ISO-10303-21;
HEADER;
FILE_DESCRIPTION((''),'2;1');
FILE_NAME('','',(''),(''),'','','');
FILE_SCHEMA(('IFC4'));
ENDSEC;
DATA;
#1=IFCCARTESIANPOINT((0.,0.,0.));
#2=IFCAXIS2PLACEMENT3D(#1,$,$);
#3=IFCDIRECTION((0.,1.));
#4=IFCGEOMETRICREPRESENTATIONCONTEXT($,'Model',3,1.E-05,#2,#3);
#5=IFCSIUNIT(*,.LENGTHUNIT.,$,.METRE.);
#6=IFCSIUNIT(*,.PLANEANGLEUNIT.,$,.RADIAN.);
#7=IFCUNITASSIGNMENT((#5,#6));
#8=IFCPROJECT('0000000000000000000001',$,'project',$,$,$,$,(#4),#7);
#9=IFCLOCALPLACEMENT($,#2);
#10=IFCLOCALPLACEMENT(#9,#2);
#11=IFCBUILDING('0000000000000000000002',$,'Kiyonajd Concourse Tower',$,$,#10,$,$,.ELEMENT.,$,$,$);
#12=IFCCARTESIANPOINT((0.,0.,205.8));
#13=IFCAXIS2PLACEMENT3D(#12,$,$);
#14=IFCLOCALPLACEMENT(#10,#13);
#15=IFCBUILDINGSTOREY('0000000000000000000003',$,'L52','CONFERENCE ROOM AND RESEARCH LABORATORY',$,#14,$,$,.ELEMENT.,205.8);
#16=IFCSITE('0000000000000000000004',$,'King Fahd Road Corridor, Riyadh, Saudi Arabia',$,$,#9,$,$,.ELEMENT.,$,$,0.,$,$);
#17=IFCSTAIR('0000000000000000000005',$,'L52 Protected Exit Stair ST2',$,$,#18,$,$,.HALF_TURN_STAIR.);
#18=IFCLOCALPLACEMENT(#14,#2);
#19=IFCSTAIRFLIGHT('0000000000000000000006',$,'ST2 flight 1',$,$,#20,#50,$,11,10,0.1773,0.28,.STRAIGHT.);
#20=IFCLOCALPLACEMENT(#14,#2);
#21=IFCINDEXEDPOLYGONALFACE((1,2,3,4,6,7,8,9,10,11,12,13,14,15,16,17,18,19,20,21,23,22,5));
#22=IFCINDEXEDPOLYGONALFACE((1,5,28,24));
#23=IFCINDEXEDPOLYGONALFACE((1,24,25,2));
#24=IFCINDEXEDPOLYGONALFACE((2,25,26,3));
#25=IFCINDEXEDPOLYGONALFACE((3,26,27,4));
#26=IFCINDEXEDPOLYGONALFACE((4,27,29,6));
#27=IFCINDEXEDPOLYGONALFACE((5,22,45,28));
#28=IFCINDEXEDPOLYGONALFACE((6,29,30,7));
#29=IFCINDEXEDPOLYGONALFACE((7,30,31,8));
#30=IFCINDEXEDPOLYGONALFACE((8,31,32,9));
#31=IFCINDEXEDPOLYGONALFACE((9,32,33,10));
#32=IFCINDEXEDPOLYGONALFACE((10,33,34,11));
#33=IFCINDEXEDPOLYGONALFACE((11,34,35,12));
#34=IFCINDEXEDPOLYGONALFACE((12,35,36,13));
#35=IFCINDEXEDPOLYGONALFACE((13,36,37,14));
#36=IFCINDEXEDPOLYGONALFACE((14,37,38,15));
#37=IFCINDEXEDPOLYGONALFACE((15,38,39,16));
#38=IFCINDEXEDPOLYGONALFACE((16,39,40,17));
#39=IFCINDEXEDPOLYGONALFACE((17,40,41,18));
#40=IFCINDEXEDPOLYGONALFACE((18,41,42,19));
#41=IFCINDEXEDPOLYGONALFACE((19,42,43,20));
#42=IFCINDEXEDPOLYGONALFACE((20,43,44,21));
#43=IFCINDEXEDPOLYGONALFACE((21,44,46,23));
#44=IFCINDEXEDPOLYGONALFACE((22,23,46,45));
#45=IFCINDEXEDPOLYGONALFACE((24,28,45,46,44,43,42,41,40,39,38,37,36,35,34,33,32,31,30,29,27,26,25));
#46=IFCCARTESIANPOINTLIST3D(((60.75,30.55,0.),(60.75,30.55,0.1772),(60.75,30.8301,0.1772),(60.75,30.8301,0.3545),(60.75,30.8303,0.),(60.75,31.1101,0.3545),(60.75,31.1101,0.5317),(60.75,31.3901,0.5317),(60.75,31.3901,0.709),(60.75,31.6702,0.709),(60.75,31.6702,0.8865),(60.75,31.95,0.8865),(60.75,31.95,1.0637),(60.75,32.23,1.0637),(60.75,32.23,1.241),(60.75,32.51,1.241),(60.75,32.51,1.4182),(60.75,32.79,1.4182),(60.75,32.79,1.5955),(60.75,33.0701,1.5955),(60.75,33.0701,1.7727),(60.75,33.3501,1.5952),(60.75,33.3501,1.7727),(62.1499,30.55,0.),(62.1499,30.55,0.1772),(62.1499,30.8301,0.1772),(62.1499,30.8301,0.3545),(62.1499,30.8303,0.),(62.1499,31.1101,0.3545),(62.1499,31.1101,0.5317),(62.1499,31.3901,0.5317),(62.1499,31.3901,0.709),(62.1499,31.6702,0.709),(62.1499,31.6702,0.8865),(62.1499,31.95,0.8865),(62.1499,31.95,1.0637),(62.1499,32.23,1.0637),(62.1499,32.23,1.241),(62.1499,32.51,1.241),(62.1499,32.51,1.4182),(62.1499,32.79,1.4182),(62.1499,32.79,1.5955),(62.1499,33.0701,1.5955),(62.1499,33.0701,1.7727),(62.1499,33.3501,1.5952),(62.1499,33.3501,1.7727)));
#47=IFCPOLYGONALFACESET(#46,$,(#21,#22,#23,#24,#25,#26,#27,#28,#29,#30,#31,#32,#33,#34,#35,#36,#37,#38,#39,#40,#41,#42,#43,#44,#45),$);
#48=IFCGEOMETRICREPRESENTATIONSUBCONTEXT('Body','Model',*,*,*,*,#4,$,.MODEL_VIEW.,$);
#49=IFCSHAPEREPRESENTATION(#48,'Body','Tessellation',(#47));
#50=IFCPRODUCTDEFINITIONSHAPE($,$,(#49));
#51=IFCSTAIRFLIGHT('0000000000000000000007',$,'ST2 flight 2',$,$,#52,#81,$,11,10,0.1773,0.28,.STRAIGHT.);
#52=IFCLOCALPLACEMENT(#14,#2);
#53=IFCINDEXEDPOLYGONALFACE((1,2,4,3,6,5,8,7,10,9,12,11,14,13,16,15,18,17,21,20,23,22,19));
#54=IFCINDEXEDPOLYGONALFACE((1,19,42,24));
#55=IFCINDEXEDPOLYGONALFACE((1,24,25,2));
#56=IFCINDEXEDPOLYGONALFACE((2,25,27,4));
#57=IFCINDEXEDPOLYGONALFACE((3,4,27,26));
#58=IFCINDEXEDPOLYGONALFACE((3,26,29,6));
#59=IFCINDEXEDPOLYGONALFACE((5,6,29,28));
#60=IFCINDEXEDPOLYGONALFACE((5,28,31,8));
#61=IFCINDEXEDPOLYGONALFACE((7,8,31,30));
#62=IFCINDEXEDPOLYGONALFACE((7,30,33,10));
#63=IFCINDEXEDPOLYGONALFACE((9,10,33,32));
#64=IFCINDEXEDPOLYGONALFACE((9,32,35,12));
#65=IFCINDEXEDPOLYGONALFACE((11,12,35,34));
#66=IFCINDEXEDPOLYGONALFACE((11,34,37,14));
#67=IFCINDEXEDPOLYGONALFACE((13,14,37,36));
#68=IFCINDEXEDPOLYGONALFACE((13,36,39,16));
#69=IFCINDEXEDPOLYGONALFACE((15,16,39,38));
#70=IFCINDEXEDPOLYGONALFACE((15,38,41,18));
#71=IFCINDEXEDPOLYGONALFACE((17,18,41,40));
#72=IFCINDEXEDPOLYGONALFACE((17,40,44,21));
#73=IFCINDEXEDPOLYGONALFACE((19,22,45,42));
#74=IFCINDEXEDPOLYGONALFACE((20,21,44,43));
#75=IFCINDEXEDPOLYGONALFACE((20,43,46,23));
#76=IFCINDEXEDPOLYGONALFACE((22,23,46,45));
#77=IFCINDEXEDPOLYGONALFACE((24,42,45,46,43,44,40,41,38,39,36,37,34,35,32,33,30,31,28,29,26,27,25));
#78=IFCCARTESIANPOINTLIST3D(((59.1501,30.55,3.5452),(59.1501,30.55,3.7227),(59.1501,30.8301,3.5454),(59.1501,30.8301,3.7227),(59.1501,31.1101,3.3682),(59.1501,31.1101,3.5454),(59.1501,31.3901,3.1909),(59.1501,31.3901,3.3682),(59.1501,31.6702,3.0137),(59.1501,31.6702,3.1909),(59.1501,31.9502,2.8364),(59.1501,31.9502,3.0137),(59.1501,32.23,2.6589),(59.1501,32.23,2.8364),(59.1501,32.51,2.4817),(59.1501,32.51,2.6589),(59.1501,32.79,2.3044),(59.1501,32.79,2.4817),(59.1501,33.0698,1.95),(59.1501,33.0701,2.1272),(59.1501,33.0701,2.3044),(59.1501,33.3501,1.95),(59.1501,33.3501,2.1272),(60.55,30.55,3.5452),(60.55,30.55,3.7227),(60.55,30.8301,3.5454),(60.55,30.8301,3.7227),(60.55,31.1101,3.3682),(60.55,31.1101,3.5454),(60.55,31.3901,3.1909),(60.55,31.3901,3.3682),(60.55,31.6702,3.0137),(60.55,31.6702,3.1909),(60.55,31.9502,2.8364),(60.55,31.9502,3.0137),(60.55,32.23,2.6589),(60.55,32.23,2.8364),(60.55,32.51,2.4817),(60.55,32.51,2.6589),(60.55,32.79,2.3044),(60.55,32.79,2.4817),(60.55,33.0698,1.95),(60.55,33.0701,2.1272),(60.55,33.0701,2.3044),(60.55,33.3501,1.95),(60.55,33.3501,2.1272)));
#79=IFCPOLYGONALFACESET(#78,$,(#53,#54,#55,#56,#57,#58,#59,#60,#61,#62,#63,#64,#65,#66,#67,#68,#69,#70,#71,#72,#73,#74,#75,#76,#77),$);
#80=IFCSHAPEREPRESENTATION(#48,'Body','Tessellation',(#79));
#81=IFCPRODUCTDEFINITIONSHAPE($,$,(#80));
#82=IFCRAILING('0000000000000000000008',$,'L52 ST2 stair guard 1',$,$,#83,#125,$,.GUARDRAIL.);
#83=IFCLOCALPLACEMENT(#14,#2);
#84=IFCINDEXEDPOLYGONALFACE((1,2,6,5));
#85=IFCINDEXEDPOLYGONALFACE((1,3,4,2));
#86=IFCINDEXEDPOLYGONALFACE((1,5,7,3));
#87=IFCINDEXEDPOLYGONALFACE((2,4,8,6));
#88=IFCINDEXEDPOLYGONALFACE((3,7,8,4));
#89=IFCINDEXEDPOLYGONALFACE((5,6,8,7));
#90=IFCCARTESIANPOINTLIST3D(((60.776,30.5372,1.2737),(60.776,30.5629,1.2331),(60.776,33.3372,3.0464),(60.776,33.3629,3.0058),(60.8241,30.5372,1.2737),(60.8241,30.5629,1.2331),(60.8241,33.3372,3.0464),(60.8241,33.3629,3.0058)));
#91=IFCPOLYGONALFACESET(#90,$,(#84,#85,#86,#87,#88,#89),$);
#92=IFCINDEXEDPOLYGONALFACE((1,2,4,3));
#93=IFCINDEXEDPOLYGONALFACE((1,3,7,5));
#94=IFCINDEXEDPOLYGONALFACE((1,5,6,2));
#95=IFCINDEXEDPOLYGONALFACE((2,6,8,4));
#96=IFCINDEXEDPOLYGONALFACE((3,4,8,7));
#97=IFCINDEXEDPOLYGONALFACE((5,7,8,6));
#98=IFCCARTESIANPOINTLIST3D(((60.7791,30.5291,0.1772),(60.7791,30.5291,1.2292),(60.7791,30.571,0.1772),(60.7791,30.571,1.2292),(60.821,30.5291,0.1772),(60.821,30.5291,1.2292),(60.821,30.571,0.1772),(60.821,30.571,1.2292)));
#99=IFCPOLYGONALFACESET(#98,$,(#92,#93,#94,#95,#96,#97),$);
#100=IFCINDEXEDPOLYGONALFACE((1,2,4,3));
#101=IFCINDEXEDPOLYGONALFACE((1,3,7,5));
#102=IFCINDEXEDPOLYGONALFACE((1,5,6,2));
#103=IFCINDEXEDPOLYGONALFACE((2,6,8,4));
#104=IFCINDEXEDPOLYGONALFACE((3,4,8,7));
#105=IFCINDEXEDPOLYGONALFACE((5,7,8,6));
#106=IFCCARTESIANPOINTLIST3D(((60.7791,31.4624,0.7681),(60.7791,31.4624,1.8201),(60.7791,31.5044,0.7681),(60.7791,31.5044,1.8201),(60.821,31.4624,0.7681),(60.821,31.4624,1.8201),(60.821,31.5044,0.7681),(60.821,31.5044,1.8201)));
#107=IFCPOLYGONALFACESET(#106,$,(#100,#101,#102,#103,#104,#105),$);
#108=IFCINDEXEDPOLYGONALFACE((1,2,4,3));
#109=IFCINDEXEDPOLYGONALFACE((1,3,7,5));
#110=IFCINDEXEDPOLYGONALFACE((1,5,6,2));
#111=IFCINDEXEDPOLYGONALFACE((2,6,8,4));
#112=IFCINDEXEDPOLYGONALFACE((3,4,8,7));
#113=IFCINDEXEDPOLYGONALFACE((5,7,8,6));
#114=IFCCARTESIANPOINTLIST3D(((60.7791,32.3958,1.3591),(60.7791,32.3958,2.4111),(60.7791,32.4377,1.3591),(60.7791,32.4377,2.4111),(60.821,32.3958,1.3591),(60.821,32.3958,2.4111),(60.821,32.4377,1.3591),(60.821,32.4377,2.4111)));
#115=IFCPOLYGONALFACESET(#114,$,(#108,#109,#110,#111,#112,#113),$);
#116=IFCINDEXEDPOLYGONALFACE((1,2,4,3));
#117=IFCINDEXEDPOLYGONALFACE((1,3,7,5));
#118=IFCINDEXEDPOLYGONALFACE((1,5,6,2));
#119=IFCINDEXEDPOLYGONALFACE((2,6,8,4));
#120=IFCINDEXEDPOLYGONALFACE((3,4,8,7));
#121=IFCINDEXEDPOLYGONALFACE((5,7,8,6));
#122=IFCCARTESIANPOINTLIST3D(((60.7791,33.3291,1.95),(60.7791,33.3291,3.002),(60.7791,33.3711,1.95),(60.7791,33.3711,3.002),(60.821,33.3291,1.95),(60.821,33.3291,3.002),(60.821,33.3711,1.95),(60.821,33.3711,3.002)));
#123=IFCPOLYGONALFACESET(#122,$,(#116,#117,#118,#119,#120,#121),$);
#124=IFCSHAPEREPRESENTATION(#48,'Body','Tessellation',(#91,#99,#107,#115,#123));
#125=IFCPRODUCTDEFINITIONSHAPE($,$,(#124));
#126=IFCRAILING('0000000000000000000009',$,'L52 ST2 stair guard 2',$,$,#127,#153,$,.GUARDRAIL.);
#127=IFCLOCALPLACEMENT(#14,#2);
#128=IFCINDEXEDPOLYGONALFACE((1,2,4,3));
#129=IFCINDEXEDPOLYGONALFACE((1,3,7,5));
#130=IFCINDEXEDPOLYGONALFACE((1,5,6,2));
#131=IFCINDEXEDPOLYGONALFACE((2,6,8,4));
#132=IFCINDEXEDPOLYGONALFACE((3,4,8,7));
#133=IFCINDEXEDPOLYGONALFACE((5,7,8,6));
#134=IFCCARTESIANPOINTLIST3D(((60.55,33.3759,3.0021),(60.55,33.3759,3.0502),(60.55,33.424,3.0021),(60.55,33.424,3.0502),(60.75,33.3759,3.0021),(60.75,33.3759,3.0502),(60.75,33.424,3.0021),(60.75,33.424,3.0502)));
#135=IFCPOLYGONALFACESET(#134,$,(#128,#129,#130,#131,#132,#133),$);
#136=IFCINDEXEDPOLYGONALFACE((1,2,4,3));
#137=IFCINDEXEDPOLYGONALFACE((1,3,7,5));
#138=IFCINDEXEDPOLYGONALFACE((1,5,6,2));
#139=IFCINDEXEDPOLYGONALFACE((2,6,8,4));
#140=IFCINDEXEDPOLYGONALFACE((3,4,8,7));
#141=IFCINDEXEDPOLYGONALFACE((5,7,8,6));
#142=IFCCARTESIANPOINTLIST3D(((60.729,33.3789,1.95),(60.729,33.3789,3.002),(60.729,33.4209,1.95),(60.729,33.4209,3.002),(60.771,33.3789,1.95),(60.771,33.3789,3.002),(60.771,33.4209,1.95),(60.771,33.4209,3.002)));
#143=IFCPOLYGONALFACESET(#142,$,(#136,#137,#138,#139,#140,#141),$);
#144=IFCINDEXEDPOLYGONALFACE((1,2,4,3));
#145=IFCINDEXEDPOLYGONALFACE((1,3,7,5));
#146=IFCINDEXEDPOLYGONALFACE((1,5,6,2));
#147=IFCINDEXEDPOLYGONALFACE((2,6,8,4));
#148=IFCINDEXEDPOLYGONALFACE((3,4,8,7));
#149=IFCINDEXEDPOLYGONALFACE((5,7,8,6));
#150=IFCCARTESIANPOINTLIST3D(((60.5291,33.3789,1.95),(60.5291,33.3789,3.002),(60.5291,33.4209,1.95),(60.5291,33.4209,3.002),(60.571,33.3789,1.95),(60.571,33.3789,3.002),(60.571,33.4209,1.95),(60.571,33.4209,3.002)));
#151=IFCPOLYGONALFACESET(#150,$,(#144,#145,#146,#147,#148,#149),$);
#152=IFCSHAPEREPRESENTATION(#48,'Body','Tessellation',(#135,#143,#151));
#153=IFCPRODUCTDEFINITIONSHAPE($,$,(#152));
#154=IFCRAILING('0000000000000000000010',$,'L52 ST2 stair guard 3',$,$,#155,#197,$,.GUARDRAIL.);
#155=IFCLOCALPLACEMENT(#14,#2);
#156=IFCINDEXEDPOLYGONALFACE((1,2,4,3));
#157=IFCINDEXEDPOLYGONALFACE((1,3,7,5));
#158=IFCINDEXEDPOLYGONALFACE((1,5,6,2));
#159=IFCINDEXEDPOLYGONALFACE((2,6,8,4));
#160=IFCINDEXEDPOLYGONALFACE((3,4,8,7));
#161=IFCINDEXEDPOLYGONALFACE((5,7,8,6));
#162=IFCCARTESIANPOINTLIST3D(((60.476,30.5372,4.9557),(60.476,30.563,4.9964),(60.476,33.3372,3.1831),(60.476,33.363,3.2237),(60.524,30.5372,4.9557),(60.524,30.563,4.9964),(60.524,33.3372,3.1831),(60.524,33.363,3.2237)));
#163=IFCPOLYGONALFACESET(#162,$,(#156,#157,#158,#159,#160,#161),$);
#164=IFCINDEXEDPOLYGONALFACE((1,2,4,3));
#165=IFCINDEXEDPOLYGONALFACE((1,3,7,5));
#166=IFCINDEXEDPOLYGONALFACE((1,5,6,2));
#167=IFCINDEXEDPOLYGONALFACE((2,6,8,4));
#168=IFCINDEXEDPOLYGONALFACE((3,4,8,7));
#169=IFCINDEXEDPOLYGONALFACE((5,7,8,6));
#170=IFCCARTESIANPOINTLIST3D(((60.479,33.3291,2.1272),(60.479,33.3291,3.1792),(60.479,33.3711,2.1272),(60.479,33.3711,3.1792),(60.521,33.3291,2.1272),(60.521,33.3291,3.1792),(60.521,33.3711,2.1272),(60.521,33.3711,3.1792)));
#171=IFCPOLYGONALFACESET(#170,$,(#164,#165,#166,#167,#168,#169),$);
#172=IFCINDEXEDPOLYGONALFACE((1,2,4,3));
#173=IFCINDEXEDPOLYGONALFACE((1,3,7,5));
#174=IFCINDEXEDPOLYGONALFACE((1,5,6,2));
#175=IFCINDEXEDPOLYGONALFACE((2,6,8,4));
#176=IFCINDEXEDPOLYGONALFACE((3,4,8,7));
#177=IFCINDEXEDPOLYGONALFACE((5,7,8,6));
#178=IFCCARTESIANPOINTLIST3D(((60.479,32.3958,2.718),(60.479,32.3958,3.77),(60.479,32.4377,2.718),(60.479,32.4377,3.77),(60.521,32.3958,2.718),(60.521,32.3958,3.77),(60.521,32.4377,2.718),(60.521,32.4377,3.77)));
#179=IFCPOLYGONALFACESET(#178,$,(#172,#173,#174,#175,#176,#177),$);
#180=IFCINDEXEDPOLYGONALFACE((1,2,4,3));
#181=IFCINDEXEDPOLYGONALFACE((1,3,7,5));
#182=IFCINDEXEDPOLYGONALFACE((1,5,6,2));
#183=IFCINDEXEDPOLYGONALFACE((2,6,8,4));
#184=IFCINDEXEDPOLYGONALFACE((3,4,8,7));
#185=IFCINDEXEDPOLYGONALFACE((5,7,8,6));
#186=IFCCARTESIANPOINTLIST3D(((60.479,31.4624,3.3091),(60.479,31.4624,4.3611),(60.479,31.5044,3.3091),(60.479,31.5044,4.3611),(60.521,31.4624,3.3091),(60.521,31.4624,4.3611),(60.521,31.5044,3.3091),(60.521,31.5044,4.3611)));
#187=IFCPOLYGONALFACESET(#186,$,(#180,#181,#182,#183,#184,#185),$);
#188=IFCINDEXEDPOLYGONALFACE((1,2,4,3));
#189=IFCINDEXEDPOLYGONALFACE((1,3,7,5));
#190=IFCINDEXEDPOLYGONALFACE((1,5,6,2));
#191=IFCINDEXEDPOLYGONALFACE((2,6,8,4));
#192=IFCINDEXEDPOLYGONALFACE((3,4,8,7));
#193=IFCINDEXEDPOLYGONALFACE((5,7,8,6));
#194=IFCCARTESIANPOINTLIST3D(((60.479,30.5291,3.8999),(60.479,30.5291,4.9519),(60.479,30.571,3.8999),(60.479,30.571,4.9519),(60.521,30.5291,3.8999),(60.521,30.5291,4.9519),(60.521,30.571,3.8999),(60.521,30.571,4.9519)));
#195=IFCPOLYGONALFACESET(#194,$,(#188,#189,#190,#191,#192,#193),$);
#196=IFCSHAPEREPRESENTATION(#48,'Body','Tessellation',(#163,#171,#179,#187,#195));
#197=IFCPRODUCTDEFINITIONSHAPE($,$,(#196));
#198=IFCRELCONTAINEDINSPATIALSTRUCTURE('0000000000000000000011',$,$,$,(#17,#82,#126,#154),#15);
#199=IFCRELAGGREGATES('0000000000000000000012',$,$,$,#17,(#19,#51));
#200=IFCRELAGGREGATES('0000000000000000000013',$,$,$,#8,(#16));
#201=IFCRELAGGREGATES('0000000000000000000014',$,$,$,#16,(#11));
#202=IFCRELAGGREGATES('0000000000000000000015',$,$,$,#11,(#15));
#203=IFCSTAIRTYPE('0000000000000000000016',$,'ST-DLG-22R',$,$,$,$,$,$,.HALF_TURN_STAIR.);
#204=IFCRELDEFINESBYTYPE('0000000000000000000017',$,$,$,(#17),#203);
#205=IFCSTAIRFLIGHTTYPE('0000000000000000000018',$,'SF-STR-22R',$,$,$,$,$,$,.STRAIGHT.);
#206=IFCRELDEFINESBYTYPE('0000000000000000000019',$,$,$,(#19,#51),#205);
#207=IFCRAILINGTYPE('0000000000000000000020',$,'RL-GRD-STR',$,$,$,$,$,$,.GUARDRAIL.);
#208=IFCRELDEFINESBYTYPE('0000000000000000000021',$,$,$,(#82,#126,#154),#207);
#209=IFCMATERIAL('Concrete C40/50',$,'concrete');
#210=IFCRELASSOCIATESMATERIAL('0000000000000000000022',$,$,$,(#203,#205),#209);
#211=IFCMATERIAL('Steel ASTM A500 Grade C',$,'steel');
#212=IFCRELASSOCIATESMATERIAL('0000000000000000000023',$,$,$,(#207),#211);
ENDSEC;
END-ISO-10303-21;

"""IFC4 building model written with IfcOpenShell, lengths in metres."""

from ifc_helpers import new_model, si_unit, direction, frame, origin, origin_2d, place, context, subcontext, project, spatial, polyline, rectangle, outline, extrude, material, type_object, element, aggregate, save


model = new_model("IFC4")

# Units and contexts
model_context = context("Model", 3, precision=1e-05, world=origin(), true_north=direction((0.0, 1.0)))
body_context = subcontext(model_context, "Body", "Model", "MODEL_VIEW")
ifc_project = project(units=[si_unit("LENGTHUNIT", "METRE"), si_unit("PLANEANGLEUNIT", "RADIAN")], contexts=[model_context])

# Site, building, storey
site_placement = place(None, origin())
site = spatial("IfcSite", under=ifc_project, at=site_placement, Name="King Fahd Road Corridor, Riyadh, Saudi Arabia", CompositionType="ELEMENT", RefElevation=0.0)
building_placement = place(site_placement, origin())
building = spatial("IfcBuilding", under=site, at=building_placement, Name="Kiyonajd Concourse Tower", CompositionType="ELEMENT")
storey_placement = place(building_placement, frame((0.0, 0.0, 205.8)))
storey = spatial("IfcBuildingStorey", under=building, at=storey_placement, Name="L52", Description="CONFERENCE ROOM AND RESEARCH LABORATORY", CompositionType="ELEMENT", Elevation=205.8)

# Stair, stair flights
ifc_material_1 = material(Name="Concrete C40/50", Category="concrete")
stair_type = type_object("IfcStairType", Name="ST-DLG-22R", PredefinedType="HALF_TURN_STAIR", material=ifc_material_1)
stair_placement = place(storey_placement, origin())
stair = element("IfcStair", 1, at=stair_placement, inside=storey, type_object=stair_type, Name="L52 Protected Exit Stair ST2", PredefinedType="HALF_TURN_STAIR")
stair_flight_type = type_object("IfcStairFlightType", Name="SF-STR-22R", PredefinedType="STRAIGHT", material=ifc_material_1)
stair_flight_1_placement = place(storey_placement, frame((61.45, 30.55, 0.0), z_axis=(0.0, 0.0, 1.0), x_axis=(0.0, 1.0, 0.0)))
stair_flight_1 = element("IfcStairFlight", 2, at=stair_flight_1_placement, type_object=stair_flight_type, Name="ST2 flight 1", NumberOfRisers=11, NumberOfTreads=10, PredefinedType="STRAIGHT", RiserHeight=0.1773, TreadLength=0.28, context=body_context, shape_type="SweptSolid", body=[
    extrude(outline(polyline([(0.0, 0.0), (0.0, 0.1772), (0.28, 0.1772), (0.28, 0.3545), (0.5601, 0.3545), (0.5601, 0.5317), (0.8401, 0.5317), (0.8401, 0.709), (1.1201, 0.709), (1.1201, 0.8865), (1.3999, 0.8865), (1.3999, 1.0637), (1.6799, 1.0637), (1.6799, 1.241), (1.96, 1.241), (1.96, 1.4182), (2.24, 1.4182), (2.24, 1.5955), (2.52, 1.5955), (2.52, 1.7727), (2.8, 1.7727), (2.8, 1.95), (2.8, 1.5952), (0.2803, 0.0), (0.0, 0.0)])), frame((0.0, 0.7, 0.0), z_axis=(0.0, -1.0, 0.0), x_axis=(1.0, 0.0, 0.0)), (0.0, 0.0, 1.0), 1.3999),
])
stair_flight_2_placement = place(storey_placement, frame((59.8501, 33.3501, 1.95), z_axis=(0.0, 0.0, 1.0), x_axis=(0.0, -1.0, 0.0)))
stair_flight_2 = element("IfcStairFlight", 3, at=stair_flight_2_placement, type_object=stair_flight_type, Name="ST2 flight 2", NumberOfRisers=11, NumberOfTreads=10, PredefinedType="STRAIGHT", RiserHeight=0.1773, TreadLength=0.28, context=body_context, shape_type="SweptSolid", body=[
    extrude(outline(polyline([(0.0, 0.0), (0.0, 0.1772), (0.28, 0.1772), (0.28, 0.3545), (0.5601, 0.3545), (0.5601, 0.5317), (0.8401, 0.5317), (0.8401, 0.709), (1.1201, 0.709), (1.1201, 0.8865), (1.3999, 0.8865), (1.3999, 1.0637), (1.6799, 1.0637), (1.6799, 1.241), (1.96, 1.241), (1.96, 1.4182), (2.24, 1.4182), (2.24, 1.5955), (2.52, 1.5955), (2.52, 1.7727), (2.8, 1.7727), (2.8, 1.95), (2.8, 1.5952), (0.2803, 0.0), (0.0, 0.0)])), frame((0.0, 0.7, 0.0), z_axis=(0.0, -1.0, 0.0), x_axis=(1.0, 0.0, 0.0)), (0.0, 0.0, 1.0), 1.3999),
])
aggregate(stair, [stair_flight_1, stair_flight_2])

# Railings
ifc_material_2 = material(Name="Steel ASTM A500 Grade C", Category="steel")
railing_type_1 = type_object("IfcRailingType", Name="RL-GRD-STR", PredefinedType="GUARDRAIL", material=ifc_material_2)
railing_1_placement = place(storey_placement, frame((60.8, 30.55, 0.1772)))
element("IfcRailing", 4, at=railing_1_placement, inside=storey, type_object=railing_type_1, Name="L52 ST2 stair guard 1", PredefinedType="GUARDRAIL", context=body_context, shape_type="SweptSolid", body=[
    extrude(rectangle(XDim=0.0481, YDim=0.0481, at=origin_2d()), frame((0.0, 0.0, 1.0762), z_axis=(0.0, 0.844909, 0.53491), x_axis=(-1.0, 0.0, 0.0)), (0.0, 0.0, 1.0), 3.314),
    extrude(rectangle(XDim=0.042, YDim=0.042, at=origin_2d()), origin(), (0.0, 0.0, 1.0), 1.052),
    extrude(rectangle(XDim=0.042, YDim=0.042, at=origin_2d()), frame((0.0, 0.9333, 0.5908)), (0.0, 0.0, 1.0), 1.052),
    extrude(rectangle(XDim=0.042, YDim=0.042, at=origin_2d()), frame((0.0, 1.8667, 1.1819)), (0.0, 0.0, 1.0), 1.052),
    extrude(rectangle(XDim=0.042, YDim=0.042, at=origin_2d()), frame((0.0, 2.8, 1.7727)), (0.0, 0.0, 1.0), 1.052),
])
railing_2_placement = place(storey_placement, frame((60.75, 33.3999, 1.95)))
element("IfcRailing", 5, at=railing_2_placement, inside=storey, type_object=railing_type_1, Name="L52 ST2 stair guard 2", PredefinedType="GUARDRAIL", context=body_context, shape_type="SweptSolid", body=[
    extrude(rectangle(XDim=0.0481, YDim=0.0481, at=origin_2d()), frame((0.0, 0.0, 1.0762), z_axis=(-1.0, 0.0, 0.0), x_axis=(0.0, -1.0, 0.0)), (0.0, 0.0, 1.0), 0.2),
    extrude(rectangle(XDim=0.042, YDim=0.042, at=origin_2d()), origin(), (0.0, 0.0, 1.0), 1.052),
    extrude(rectangle(XDim=0.042, YDim=0.042, at=origin_2d()), frame((-0.2, 0.0, 0.0)), (0.0, 0.0, 1.0), 1.052),
])
railing_3_placement = place(storey_placement, frame((60.5, 33.3501, 2.1272)))
element("IfcRailing", 6, at=railing_3_placement, inside=storey, type_object=railing_type_1, Name="L52 ST2 stair guard 3", PredefinedType="GUARDRAIL", context=body_context, shape_type="SweptSolid", body=[
    extrude(rectangle(XDim=0.0481, YDim=0.0481, at=origin_2d()), frame((0.0, 0.0, 1.0762), z_axis=(0.0, -0.844909, 0.53491), x_axis=(1.0, 0.0, 0.0)), (0.0, 0.0, 1.0), 3.314),
    extrude(rectangle(XDim=0.042, YDim=0.042, at=origin_2d()), origin(), (0.0, 0.0, 1.0), 1.052),
    extrude(rectangle(XDim=0.042, YDim=0.042, at=origin_2d()), frame((0.0, -0.9333, 0.5908)), (0.0, 0.0, 1.0), 1.052),
    extrude(rectangle(XDim=0.042, YDim=0.042, at=origin_2d()), frame((0.0, -1.8667, 1.1819)), (0.0, 0.0, 1.0), 1.052),
    extrude(rectangle(XDim=0.042, YDim=0.042, at=origin_2d()), frame((0.0, -2.8, 1.7727)), (0.0, 0.0, 1.0), 1.052),
])

save(model, "model.ifc")
